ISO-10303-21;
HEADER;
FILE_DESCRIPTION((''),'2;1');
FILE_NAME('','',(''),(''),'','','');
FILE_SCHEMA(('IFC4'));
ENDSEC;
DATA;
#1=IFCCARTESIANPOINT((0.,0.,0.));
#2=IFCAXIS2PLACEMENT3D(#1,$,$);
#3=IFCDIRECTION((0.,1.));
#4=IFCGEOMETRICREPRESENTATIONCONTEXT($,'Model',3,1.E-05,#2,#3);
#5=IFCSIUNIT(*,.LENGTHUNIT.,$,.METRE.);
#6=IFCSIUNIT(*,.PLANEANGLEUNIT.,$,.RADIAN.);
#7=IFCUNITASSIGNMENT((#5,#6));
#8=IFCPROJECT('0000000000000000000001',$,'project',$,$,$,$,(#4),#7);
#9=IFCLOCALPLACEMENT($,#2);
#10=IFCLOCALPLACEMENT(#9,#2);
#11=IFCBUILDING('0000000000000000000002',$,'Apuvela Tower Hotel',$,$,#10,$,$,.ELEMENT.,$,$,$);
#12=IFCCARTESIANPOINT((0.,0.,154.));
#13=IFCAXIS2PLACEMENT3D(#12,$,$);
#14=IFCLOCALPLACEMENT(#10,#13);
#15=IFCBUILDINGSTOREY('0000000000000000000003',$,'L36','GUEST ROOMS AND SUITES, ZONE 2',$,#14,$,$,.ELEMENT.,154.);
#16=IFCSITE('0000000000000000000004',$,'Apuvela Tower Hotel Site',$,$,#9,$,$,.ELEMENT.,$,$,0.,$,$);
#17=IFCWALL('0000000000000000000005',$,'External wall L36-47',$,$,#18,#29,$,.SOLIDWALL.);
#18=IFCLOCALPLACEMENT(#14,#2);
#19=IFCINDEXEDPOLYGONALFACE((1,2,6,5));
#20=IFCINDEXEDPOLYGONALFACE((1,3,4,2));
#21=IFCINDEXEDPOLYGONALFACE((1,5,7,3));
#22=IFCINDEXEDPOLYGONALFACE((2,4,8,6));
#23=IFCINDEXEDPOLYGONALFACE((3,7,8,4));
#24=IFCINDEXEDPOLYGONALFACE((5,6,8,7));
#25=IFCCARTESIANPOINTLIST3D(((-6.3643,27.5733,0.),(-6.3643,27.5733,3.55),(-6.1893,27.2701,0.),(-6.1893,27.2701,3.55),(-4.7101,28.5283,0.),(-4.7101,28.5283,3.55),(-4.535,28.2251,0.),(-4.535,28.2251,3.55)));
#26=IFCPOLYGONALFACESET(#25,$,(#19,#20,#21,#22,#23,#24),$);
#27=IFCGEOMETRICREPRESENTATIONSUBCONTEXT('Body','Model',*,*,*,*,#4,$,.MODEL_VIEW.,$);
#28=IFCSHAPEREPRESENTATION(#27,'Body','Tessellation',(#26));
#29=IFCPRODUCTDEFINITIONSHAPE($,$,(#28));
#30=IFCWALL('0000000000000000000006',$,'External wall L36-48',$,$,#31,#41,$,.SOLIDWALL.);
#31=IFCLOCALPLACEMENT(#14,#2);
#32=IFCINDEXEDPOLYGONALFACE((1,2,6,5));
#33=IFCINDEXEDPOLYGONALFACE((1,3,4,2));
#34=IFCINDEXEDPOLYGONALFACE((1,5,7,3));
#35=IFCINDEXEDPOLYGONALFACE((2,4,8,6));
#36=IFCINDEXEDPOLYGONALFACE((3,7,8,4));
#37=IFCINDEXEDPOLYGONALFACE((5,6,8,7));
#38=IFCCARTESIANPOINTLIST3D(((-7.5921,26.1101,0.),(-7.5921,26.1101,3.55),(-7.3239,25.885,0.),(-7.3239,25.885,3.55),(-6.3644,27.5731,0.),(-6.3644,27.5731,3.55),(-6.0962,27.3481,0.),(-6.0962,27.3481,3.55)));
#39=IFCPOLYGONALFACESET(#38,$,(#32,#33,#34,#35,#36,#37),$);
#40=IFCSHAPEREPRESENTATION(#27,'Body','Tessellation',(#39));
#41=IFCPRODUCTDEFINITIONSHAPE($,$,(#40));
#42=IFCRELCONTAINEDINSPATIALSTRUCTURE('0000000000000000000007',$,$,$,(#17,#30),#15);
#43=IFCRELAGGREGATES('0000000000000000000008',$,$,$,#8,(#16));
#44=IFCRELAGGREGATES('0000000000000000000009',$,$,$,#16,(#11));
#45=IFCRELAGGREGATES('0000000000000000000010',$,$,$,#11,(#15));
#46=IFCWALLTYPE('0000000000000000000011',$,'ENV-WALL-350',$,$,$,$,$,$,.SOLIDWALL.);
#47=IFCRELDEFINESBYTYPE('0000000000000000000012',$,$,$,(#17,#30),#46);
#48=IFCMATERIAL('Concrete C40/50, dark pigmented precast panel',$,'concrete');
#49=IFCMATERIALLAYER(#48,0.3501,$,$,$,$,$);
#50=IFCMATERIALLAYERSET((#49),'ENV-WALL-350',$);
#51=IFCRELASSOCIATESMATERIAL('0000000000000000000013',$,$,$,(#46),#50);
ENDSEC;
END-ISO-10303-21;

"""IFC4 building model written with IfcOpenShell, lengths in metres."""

from ifc_helpers import new_model, si_unit, direction, frame, frame_2d, origin, place, context, subcontext, project, spatial, rectangle, extrude, material, layer, layer_set, type_object, element, save


model = new_model("IFC4")

# Units and contexts
model_context = context("Model", 3, precision=1e-05, world=origin(), true_north=direction((0.0, 1.0)))
body_context = subcontext(model_context, "Body", "Model", "MODEL_VIEW")
ifc_project = project(units=[si_unit("LENGTHUNIT", "METRE"), si_unit("PLANEANGLEUNIT", "RADIAN")], contexts=[model_context])

# Site, building, storey
site_placement = place(None, origin())
site = spatial("IfcSite", under=ifc_project, at=site_placement, Name="Apuvela Tower Hotel Site", CompositionType="ELEMENT", RefElevation=0.0)
building_placement = place(site_placement, origin())
building = spatial("IfcBuilding", under=site, at=building_placement, Name="Apuvela Tower Hotel", CompositionType="ELEMENT")
storey_placement = place(building_placement, frame((0.0, 0.0, 154.0)))
storey = spatial("IfcBuildingStorey", under=building, at=storey_placement, Name="L36", Description="GUEST ROOMS AND SUITES, ZONE 2", CompositionType="ELEMENT", Elevation=154.0)

# Shared definitions
ifc_material_1 = material(Name="Concrete C40/50, dark pigmented precast panel", Category="concrete")
ifc_layer_1 = layer(ifc_material_1, 0.3501)
ifc_layer_set_1 = layer_set([ifc_layer_1], Name="ENV-WALL-350")
wall_type_1 = type_object("IfcWallType", Name="ENV-WALL-350", PredefinedType="SOLIDWALL", material=ifc_layer_set_1)

# Walls
for number, where, z_axis, x_axis, name in (
    (1, (-4.6226, 28.3767, 0.0), (0.0, 0.0, 1.0), (-0.866032, -0.499988, 0.0), "External wall L36-47"),
):
    element("IfcWall", number, at=place(storey_placement, frame(where, z_axis=z_axis, x_axis=x_axis)), inside=storey, type_object=wall_type_1, Name=name, PredefinedType="SOLIDWALL", context=body_context, shape_type="SweptSolid", body=[
        extrude(rectangle(XDim=1.9102, YDim=0.3501, at=frame_2d((0.9551, 0.0))), origin(), (0.0, 0.0, 1.0), 3.55),
    ])
wall_1_placement = place(storey_placement, frame((-6.2302, 27.4607, 0.0), z_axis=(0.0, 0.0, 1.0), x_axis=(-0.642808, -0.766027, 0.0)))
element("IfcWall", 2, at=wall_1_placement, inside=storey, type_object=wall_type_1, Name="External wall L36-48", PredefinedType="SOLIDWALL", context=body_context, shape_type="SweptSolid", body=[
    extrude(rectangle(XDim=1.9099, YDim=0.3501, at=frame_2d((0.9551, 0.0))), origin(), (0.0, 0.0, 1.0), 3.55),
])

save(model, "model.ifc")
